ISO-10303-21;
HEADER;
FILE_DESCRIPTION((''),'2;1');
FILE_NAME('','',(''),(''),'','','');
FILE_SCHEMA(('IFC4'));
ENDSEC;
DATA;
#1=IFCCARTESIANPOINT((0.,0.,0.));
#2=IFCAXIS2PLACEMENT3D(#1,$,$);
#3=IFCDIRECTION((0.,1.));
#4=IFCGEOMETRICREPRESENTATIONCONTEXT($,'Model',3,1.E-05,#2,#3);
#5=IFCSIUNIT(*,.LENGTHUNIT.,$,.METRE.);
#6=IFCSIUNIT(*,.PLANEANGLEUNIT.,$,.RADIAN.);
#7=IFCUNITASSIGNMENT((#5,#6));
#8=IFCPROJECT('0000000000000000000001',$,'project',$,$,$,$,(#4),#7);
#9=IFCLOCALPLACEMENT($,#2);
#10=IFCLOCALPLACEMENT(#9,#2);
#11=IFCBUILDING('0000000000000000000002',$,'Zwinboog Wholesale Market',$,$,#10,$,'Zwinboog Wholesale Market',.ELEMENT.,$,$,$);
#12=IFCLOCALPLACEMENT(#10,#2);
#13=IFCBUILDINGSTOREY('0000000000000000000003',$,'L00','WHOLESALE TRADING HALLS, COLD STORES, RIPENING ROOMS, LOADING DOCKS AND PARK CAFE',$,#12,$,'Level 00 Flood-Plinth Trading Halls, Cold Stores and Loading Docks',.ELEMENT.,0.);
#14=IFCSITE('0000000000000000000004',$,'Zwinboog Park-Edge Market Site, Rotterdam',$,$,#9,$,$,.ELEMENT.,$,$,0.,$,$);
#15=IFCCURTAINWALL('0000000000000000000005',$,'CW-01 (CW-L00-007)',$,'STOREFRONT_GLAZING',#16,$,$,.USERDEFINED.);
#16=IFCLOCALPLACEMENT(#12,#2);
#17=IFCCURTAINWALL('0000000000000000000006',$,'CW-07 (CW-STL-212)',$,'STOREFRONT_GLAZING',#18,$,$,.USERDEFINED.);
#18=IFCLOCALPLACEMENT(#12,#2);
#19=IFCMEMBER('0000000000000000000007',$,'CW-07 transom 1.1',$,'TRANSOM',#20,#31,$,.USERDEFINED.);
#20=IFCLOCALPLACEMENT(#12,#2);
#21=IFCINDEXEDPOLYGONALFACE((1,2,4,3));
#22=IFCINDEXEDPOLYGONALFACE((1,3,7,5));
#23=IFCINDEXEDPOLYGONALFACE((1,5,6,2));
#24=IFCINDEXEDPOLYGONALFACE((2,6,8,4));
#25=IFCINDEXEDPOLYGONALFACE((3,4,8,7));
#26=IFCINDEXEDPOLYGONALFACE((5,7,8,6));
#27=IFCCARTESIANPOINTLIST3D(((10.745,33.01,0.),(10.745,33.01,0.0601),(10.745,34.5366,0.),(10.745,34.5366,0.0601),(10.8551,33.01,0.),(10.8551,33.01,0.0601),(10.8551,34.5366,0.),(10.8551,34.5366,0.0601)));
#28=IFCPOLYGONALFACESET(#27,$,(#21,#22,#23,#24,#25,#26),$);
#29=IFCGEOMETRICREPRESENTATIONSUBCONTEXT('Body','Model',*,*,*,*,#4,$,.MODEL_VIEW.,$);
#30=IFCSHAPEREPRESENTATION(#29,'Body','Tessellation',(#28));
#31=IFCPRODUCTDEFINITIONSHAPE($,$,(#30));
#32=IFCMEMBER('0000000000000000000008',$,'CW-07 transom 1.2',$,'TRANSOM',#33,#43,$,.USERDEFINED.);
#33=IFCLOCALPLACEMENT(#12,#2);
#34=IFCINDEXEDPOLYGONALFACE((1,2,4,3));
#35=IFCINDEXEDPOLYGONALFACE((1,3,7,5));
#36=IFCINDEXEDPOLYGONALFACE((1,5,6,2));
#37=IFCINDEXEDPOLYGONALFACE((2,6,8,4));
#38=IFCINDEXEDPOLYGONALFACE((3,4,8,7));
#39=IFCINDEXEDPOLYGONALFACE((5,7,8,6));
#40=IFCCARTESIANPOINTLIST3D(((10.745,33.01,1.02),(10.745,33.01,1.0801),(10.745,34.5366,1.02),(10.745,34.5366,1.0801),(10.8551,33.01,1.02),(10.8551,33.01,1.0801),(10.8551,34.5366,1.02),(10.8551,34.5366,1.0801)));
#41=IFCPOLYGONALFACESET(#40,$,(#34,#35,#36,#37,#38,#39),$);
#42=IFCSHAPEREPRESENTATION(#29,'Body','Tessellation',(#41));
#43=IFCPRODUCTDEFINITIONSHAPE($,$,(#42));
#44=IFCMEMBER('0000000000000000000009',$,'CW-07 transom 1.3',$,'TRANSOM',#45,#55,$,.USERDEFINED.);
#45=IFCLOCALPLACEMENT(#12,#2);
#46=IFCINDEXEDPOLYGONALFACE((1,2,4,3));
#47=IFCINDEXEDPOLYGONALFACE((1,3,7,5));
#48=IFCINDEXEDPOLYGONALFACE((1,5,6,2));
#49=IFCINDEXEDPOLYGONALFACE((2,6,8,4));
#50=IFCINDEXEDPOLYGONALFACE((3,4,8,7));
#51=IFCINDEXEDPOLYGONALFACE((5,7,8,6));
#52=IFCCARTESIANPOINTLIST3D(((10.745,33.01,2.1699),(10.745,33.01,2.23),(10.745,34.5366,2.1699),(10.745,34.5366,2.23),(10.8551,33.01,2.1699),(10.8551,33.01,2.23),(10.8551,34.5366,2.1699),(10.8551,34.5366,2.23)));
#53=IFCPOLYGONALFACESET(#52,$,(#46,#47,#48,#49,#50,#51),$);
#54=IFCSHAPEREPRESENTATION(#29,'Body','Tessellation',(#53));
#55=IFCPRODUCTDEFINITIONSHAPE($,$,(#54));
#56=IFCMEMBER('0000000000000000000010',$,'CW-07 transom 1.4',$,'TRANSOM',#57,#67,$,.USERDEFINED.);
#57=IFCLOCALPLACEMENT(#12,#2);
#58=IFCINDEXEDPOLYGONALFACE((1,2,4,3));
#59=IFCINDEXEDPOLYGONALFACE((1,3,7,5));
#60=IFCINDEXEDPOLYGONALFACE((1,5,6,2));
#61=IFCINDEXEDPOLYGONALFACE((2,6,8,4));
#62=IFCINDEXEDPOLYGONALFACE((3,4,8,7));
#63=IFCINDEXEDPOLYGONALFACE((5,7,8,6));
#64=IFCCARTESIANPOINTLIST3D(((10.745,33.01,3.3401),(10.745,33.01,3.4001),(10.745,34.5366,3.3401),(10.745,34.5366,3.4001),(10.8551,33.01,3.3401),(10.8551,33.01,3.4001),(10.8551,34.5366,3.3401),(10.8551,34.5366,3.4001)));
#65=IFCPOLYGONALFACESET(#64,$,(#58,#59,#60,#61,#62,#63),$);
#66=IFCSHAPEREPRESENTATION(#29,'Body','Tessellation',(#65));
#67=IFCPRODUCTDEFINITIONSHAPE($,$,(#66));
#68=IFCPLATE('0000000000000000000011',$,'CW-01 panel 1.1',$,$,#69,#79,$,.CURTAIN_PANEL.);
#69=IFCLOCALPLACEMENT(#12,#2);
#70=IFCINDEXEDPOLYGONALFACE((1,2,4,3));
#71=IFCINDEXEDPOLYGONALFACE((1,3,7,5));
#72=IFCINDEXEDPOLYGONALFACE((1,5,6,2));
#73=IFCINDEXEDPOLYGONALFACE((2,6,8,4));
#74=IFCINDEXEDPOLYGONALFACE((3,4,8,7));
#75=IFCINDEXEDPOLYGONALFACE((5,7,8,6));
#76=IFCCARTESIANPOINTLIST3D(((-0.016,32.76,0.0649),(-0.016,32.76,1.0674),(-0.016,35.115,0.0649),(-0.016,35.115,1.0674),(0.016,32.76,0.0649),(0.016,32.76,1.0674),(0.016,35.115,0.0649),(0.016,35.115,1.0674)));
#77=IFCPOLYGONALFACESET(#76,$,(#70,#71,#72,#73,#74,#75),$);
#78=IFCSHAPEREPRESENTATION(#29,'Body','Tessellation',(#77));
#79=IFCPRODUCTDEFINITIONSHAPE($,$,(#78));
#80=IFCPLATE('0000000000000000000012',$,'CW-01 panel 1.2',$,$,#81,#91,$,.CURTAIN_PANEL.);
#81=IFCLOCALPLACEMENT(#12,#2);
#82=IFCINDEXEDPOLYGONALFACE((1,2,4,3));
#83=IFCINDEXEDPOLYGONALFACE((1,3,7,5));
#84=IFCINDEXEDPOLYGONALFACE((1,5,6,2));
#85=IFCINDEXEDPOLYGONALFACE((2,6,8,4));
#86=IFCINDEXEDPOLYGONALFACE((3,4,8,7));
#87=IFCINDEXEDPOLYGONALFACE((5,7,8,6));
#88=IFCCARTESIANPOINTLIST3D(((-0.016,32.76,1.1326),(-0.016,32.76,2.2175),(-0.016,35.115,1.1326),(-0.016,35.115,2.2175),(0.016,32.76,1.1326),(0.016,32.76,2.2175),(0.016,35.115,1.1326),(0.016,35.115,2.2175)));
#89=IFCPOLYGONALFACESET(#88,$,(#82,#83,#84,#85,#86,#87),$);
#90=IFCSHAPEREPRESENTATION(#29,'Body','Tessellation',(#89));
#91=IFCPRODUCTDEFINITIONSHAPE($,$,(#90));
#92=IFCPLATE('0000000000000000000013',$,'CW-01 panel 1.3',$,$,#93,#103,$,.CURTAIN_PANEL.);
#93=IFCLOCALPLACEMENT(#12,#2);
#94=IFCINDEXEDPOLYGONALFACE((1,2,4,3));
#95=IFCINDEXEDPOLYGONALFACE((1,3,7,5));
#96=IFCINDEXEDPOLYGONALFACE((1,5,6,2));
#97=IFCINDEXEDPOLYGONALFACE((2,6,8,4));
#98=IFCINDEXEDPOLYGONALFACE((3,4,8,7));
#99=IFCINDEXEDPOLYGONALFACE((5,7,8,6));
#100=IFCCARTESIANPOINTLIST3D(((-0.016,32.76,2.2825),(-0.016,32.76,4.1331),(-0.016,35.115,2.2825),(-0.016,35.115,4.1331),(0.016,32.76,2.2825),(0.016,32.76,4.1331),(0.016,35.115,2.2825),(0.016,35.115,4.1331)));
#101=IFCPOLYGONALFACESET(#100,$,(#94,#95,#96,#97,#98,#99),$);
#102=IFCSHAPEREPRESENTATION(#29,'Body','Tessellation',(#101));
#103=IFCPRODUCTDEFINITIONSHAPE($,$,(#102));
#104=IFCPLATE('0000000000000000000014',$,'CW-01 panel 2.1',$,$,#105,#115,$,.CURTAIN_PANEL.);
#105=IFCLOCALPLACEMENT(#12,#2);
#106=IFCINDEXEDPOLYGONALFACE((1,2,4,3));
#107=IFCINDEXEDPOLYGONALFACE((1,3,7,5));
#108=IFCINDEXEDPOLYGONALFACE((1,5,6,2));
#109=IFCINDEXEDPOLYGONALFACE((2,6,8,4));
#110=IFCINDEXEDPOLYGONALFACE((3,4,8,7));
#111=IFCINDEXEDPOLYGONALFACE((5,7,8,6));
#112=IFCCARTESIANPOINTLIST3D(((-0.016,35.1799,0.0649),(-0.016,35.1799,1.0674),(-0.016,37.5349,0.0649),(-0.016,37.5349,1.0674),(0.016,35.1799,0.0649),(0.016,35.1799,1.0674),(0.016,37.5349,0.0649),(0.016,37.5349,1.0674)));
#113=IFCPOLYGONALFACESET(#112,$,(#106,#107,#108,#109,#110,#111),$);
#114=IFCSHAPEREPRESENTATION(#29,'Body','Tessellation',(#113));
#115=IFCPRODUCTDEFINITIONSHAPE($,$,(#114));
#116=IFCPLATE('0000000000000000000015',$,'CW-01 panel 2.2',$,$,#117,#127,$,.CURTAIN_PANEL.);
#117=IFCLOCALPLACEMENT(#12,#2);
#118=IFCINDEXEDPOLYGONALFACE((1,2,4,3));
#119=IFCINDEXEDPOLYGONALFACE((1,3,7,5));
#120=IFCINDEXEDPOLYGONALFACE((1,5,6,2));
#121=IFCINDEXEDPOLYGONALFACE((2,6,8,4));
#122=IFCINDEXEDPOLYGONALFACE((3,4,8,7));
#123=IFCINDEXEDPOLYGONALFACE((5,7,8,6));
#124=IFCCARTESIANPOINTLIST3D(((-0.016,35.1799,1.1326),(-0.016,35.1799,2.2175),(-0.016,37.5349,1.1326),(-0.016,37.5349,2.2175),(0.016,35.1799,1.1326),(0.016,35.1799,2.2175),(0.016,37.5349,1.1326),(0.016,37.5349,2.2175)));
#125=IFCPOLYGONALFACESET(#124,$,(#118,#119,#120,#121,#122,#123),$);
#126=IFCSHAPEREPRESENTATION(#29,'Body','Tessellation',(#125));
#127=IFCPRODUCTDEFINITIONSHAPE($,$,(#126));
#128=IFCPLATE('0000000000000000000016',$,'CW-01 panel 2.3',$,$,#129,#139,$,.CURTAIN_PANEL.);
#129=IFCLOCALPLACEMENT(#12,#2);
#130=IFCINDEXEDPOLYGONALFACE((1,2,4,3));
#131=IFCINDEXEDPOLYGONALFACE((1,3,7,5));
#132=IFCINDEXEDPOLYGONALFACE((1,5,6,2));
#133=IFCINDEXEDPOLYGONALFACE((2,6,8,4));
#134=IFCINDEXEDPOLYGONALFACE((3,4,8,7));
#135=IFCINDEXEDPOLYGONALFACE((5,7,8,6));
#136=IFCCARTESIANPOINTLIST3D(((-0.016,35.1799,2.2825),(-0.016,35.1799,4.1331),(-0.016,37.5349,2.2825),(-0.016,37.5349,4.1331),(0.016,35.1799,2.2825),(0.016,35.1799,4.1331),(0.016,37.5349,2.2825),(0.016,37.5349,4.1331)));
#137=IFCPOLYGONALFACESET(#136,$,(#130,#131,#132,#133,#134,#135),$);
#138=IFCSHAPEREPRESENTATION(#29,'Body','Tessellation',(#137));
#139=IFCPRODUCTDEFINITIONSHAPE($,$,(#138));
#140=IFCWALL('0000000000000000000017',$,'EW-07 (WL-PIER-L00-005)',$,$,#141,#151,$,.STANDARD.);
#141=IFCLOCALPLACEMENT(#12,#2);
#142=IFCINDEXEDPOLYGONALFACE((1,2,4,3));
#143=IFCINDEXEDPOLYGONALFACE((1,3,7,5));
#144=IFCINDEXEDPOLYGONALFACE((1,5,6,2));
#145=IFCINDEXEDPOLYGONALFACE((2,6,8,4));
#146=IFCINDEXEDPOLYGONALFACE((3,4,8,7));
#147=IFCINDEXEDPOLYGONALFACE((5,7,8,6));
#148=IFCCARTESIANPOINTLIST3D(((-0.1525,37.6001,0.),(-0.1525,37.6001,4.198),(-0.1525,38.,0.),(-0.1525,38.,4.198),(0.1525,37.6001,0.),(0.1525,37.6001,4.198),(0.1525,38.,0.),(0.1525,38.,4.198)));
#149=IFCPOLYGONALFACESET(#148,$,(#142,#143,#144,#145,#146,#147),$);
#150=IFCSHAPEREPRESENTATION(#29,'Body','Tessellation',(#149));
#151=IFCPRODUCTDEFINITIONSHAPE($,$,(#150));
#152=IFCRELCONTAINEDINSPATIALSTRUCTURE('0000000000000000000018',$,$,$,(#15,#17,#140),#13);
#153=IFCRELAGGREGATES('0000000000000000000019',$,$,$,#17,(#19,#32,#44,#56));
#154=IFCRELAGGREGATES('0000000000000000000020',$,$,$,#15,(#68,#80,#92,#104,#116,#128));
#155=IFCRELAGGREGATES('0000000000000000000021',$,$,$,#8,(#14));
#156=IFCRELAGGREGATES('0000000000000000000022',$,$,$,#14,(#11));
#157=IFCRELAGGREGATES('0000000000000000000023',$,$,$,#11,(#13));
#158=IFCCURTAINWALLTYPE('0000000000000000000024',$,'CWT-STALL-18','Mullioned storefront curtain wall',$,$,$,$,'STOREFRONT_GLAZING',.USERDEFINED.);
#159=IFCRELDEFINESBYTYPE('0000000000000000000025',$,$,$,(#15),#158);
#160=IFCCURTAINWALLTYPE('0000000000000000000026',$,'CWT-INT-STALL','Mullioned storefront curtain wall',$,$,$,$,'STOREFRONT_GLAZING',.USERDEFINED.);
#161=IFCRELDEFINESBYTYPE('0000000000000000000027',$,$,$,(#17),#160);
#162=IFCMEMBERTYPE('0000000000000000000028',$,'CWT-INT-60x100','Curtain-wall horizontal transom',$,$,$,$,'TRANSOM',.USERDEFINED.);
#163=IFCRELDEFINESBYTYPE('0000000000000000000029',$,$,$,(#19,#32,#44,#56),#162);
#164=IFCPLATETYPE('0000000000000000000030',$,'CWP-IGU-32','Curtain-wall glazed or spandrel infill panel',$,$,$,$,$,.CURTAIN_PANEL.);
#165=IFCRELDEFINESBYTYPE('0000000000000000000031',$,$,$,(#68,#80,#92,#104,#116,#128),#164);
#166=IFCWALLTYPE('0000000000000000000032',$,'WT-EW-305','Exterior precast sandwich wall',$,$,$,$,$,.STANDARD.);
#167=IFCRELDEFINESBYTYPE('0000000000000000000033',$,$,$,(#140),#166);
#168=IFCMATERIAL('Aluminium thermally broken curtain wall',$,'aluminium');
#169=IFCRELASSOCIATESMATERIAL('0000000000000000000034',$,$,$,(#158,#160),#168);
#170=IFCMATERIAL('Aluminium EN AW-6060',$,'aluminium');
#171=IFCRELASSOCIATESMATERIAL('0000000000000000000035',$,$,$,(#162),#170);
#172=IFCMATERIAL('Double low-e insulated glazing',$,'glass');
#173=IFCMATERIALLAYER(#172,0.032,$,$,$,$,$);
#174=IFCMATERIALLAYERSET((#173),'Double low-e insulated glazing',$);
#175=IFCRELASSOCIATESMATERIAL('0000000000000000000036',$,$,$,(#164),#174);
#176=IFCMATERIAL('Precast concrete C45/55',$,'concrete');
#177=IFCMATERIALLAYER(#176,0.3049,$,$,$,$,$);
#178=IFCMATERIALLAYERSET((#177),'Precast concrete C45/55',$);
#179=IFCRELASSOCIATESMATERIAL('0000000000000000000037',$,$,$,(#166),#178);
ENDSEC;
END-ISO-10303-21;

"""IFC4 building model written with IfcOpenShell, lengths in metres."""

from ifc_helpers import new_model, si_unit, direction, frame, frame_2d, origin, origin_2d, place, context, subcontext, project, spatial, rectangle, extrude, material, layer, layer_set, material_profile, profile_set, type_object, element, aggregate, save


model = new_model("IFC4")

# Units and contexts
model_context = context("Model", 3, precision=1e-05, world=origin(), true_north=direction((0.0, 1.0)))
body_context = subcontext(model_context, "Body", "Model", "MODEL_VIEW")
ifc_project = project(units=[si_unit("LENGTHUNIT", "METRE"), si_unit("PLANEANGLEUNIT", "RADIAN")], contexts=[model_context])

# Site, building, storey
site_placement = place(None, origin())
site = spatial("IfcSite", under=ifc_project, at=site_placement, Name="Zwinboog Park-Edge Market Site, Rotterdam", CompositionType="ELEMENT", RefElevation=0.0)
building_placement = place(site_placement, origin())
building = spatial("IfcBuilding", under=site, at=building_placement, Name="Zwinboog Wholesale Market", LongName="Zwinboog Wholesale Market", CompositionType="ELEMENT")
storey_placement = place(building_placement, origin())
storey = spatial("IfcBuildingStorey", under=building, at=storey_placement, Name="L00", Description="WHOLESALE TRADING HALLS, COLD STORES, RIPENING ROOMS, LOADING DOCKS AND PARK CAFE", LongName="Level 00 Flood-Plinth Trading Halls, Cold Stores and Loading Docks", CompositionType="ELEMENT", Elevation=0.0)

# Curtain walls, members
ifc_material_1 = material(Name="Aluminium thermally broken curtain wall", Category="aluminium")
curtain_wall_type_1 = type_object("IfcCurtainWallType", Name="CWT-STALL-18", Description="Mullioned storefront curtain wall", ElementType="STOREFRONT_GLAZING", PredefinedType="USERDEFINED", material=ifc_material_1)
curtain_wall_1_placement = place(storey_placement, origin())
curtain_wall_1 = element("IfcCurtainWall", 1, at=curtain_wall_1_placement, inside=storey, type_object=curtain_wall_type_1, Name="CW-01 (CW-L00-007)", ObjectType="STOREFRONT_GLAZING", PredefinedType="USERDEFINED")
ifc_material_2 = material(Name="Aluminium EN AW-6060", Category="aluminium")
curtain_wall_type_2 = type_object("IfcCurtainWallType", Name="CWT-INT-STALL", Description="Mullioned storefront curtain wall", ElementType="STOREFRONT_GLAZING", PredefinedType="USERDEFINED", material=ifc_material_1)
curtain_wall_2_placement = place(storey_placement, origin())
curtain_wall_2 = element("IfcCurtainWall", 2, at=curtain_wall_2_placement, inside=storey, type_object=curtain_wall_type_2, Name="CW-07 (CW-STL-212)", ObjectType="STOREFRONT_GLAZING", PredefinedType="USERDEFINED")
ifc_material_profile_1 = material_profile(ifc_material_2, rectangle(XDim=0.1101, YDim=0.0601, at=origin_2d()), Name="AL 60x110")
ifc_profile_set_1 = profile_set([ifc_material_profile_1], Name="Aluminium EN AW-6060")
member_type_1 = type_object("IfcMemberType", Name="CWT-INT-60x100", Description="Curtain-wall horizontal transom", ElementType="TRANSOM", PredefinedType="USERDEFINED", material=ifc_profile_set_1)
member_1_placement = place(storey_placement, frame((10.8, 33.01, 0.03), z_axis=(0.0, 1.0, 0.0), x_axis=(-1.0, 0.0, 0.0)))
member_1 = element("IfcMember", 3, at=member_1_placement, type_object=member_type_1, Name="CW-07 transom 1.1", ObjectType="TRANSOM", PredefinedType="USERDEFINED", context=body_context, shape_type="SweptSolid", body=[
    extrude(rectangle(XDim=0.1101, YDim=0.0601, at=origin_2d()), origin(), (0.0, 0.0, 1.0), 1.5266),
])
member_2_placement = place(storey_placement, frame((10.8, 33.01, 1.05), z_axis=(0.0, 1.0, 0.0), x_axis=(-1.0, 0.0, 0.0)))
member_2 = element("IfcMember", 4, at=member_2_placement, type_object=member_type_1, Name="CW-07 transom 1.2", ObjectType="TRANSOM", PredefinedType="USERDEFINED", context=body_context, shape_type="SweptSolid", body=[
    extrude(rectangle(XDim=0.1101, YDim=0.0601, at=origin_2d()), origin(), (0.0, 0.0, 1.0), 1.5266),
])
member_3_placement = place(storey_placement, frame((10.8, 33.01, 2.2), z_axis=(0.0, 1.0, 0.0), x_axis=(-1.0, 0.0, 0.0)))
member_3 = element("IfcMember", 5, at=member_3_placement, type_object=member_type_1, Name="CW-07 transom 1.3", ObjectType="TRANSOM", PredefinedType="USERDEFINED", context=body_context, shape_type="SweptSolid", body=[
    extrude(rectangle(XDim=0.1101, YDim=0.0601, at=origin_2d()), origin(), (0.0, 0.0, 1.0), 1.5266),
])
member_4_placement = place(storey_placement, frame((10.8, 33.01, 3.3701), z_axis=(0.0, 1.0, 0.0), x_axis=(-1.0, 0.0, 0.0)))
member_4 = element("IfcMember", 6, at=member_4_placement, type_object=member_type_1, Name="CW-07 transom 1.4", ObjectType="TRANSOM", PredefinedType="USERDEFINED", context=body_context, shape_type="SweptSolid", body=[
    extrude(rectangle(XDim=0.1101, YDim=0.0601, at=origin_2d()), origin(), (0.0, 0.0, 1.0), 1.5266),
])
aggregate(curtain_wall_2, [member_1, member_2, member_3, member_4])

# Plates
ifc_material_3 = material(Name="Double low-e insulated glazing", Category="glass")
ifc_layer_1 = layer(ifc_material_3, 0.032)
ifc_layer_set_1 = layer_set([ifc_layer_1], Name="Double low-e insulated glazing")
plate_type = type_object("IfcPlateType", Name="CWP-IGU-32", Description="Curtain-wall glazed or spandrel infill panel", PredefinedType="CURTAIN_PANEL", material=ifc_layer_set_1)
plate_1_placement = place(storey_placement, frame((0.0, 33.9375, 0.0649), z_axis=(0.0, 0.0, 1.0), x_axis=(0.0, 1.0, 0.0)))
plate_1 = element("IfcPlate", 7, at=plate_1_placement, type_object=plate_type, Name="CW-01 panel 1.1", PredefinedType="CURTAIN_PANEL", context=body_context, shape_type="SweptSolid", body=[
    extrude(rectangle(XDim=2.355, YDim=0.032, at=origin_2d()), origin(), (0.0, 0.0, 1.0), 1.0024),
])
plate_2_placement = place(storey_placement, frame((0.0, 33.9375, 1.1326), z_axis=(0.0, 0.0, 1.0), x_axis=(0.0, 1.0, 0.0)))
plate_2 = element("IfcPlate", 8, at=plate_2_placement, type_object=plate_type, Name="CW-01 panel 1.2", PredefinedType="CURTAIN_PANEL", context=body_context, shape_type="SweptSolid", body=[
    extrude(rectangle(XDim=2.355, YDim=0.032, at=origin_2d()), origin(), (0.0, 0.0, 1.0), 1.085),
])
plate_3_placement = place(storey_placement, frame((0.0, 33.9375, 2.2825), z_axis=(0.0, 0.0, 1.0), x_axis=(0.0, 1.0, 0.0)))
plate_3 = element("IfcPlate", 9, at=plate_3_placement, type_object=plate_type, Name="CW-01 panel 1.3", PredefinedType="CURTAIN_PANEL", context=body_context, shape_type="SweptSolid", body=[
    extrude(rectangle(XDim=2.355, YDim=0.032, at=origin_2d()), origin(), (0.0, 0.0, 1.0), 1.8506),
])
plate_4_placement = place(storey_placement, frame((0.0, 36.3574, 0.0649), z_axis=(0.0, 0.0, 1.0), x_axis=(0.0, 1.0, 0.0)))
plate_4 = element("IfcPlate", 10, at=plate_4_placement, type_object=plate_type, Name="CW-01 panel 2.1", PredefinedType="CURTAIN_PANEL", context=body_context, shape_type="SweptSolid", body=[
    extrude(rectangle(XDim=2.355, YDim=0.032, at=origin_2d()), origin(), (0.0, 0.0, 1.0), 1.0024),
])
plate_5_placement = place(storey_placement, frame((0.0, 36.3574, 1.1326), z_axis=(0.0, 0.0, 1.0), x_axis=(0.0, 1.0, 0.0)))
plate_5 = element("IfcPlate", 11, at=plate_5_placement, type_object=plate_type, Name="CW-01 panel 2.2", PredefinedType="CURTAIN_PANEL", context=body_context, shape_type="SweptSolid", body=[
    extrude(rectangle(XDim=2.355, YDim=0.032, at=origin_2d()), origin(), (0.0, 0.0, 1.0), 1.085),
])
plate_6_placement = place(storey_placement, frame((0.0, 36.3574, 2.2825), z_axis=(0.0, 0.0, 1.0), x_axis=(0.0, 1.0, 0.0)))
plate_6 = element("IfcPlate", 12, at=plate_6_placement, type_object=plate_type, Name="CW-01 panel 2.3", PredefinedType="CURTAIN_PANEL", context=body_context, shape_type="SweptSolid", body=[
    extrude(rectangle(XDim=2.355, YDim=0.032, at=origin_2d()), origin(), (0.0, 0.0, 1.0), 1.8506),
])
aggregate(curtain_wall_1, [plate_1, plate_2, plate_3, plate_4, plate_5, plate_6])

# Wall
ifc_material_4 = material(Name="Precast concrete C45/55", Category="concrete")
ifc_layer_2 = layer(ifc_material_4, 0.3049)
ifc_layer_set_2 = layer_set([ifc_layer_2], Name="Precast concrete C45/55")
wall_type = type_object("IfcWallType", Name="WT-EW-305", Description="Exterior precast sandwich wall", PredefinedType="STANDARD", material=ifc_layer_set_2)
wall_placement = place(storey_placement, frame((0.0, 37.6001, 0.0), z_axis=(0.0, 0.0, 1.0), x_axis=(0.0, 1.0, 0.0)))
element("IfcWall", 13, at=wall_placement, inside=storey, type_object=wall_type, Name="EW-07 (WL-PIER-L00-005)", PredefinedType="STANDARD", context=body_context, shape_type="SweptSolid", body=[
    extrude(rectangle(XDim=0.3999, YDim=0.3049, at=frame_2d((0.2, 0.0))), origin(), (0.0, 0.0, 1.0), 4.198),
])

save(model, "model.ifc")
